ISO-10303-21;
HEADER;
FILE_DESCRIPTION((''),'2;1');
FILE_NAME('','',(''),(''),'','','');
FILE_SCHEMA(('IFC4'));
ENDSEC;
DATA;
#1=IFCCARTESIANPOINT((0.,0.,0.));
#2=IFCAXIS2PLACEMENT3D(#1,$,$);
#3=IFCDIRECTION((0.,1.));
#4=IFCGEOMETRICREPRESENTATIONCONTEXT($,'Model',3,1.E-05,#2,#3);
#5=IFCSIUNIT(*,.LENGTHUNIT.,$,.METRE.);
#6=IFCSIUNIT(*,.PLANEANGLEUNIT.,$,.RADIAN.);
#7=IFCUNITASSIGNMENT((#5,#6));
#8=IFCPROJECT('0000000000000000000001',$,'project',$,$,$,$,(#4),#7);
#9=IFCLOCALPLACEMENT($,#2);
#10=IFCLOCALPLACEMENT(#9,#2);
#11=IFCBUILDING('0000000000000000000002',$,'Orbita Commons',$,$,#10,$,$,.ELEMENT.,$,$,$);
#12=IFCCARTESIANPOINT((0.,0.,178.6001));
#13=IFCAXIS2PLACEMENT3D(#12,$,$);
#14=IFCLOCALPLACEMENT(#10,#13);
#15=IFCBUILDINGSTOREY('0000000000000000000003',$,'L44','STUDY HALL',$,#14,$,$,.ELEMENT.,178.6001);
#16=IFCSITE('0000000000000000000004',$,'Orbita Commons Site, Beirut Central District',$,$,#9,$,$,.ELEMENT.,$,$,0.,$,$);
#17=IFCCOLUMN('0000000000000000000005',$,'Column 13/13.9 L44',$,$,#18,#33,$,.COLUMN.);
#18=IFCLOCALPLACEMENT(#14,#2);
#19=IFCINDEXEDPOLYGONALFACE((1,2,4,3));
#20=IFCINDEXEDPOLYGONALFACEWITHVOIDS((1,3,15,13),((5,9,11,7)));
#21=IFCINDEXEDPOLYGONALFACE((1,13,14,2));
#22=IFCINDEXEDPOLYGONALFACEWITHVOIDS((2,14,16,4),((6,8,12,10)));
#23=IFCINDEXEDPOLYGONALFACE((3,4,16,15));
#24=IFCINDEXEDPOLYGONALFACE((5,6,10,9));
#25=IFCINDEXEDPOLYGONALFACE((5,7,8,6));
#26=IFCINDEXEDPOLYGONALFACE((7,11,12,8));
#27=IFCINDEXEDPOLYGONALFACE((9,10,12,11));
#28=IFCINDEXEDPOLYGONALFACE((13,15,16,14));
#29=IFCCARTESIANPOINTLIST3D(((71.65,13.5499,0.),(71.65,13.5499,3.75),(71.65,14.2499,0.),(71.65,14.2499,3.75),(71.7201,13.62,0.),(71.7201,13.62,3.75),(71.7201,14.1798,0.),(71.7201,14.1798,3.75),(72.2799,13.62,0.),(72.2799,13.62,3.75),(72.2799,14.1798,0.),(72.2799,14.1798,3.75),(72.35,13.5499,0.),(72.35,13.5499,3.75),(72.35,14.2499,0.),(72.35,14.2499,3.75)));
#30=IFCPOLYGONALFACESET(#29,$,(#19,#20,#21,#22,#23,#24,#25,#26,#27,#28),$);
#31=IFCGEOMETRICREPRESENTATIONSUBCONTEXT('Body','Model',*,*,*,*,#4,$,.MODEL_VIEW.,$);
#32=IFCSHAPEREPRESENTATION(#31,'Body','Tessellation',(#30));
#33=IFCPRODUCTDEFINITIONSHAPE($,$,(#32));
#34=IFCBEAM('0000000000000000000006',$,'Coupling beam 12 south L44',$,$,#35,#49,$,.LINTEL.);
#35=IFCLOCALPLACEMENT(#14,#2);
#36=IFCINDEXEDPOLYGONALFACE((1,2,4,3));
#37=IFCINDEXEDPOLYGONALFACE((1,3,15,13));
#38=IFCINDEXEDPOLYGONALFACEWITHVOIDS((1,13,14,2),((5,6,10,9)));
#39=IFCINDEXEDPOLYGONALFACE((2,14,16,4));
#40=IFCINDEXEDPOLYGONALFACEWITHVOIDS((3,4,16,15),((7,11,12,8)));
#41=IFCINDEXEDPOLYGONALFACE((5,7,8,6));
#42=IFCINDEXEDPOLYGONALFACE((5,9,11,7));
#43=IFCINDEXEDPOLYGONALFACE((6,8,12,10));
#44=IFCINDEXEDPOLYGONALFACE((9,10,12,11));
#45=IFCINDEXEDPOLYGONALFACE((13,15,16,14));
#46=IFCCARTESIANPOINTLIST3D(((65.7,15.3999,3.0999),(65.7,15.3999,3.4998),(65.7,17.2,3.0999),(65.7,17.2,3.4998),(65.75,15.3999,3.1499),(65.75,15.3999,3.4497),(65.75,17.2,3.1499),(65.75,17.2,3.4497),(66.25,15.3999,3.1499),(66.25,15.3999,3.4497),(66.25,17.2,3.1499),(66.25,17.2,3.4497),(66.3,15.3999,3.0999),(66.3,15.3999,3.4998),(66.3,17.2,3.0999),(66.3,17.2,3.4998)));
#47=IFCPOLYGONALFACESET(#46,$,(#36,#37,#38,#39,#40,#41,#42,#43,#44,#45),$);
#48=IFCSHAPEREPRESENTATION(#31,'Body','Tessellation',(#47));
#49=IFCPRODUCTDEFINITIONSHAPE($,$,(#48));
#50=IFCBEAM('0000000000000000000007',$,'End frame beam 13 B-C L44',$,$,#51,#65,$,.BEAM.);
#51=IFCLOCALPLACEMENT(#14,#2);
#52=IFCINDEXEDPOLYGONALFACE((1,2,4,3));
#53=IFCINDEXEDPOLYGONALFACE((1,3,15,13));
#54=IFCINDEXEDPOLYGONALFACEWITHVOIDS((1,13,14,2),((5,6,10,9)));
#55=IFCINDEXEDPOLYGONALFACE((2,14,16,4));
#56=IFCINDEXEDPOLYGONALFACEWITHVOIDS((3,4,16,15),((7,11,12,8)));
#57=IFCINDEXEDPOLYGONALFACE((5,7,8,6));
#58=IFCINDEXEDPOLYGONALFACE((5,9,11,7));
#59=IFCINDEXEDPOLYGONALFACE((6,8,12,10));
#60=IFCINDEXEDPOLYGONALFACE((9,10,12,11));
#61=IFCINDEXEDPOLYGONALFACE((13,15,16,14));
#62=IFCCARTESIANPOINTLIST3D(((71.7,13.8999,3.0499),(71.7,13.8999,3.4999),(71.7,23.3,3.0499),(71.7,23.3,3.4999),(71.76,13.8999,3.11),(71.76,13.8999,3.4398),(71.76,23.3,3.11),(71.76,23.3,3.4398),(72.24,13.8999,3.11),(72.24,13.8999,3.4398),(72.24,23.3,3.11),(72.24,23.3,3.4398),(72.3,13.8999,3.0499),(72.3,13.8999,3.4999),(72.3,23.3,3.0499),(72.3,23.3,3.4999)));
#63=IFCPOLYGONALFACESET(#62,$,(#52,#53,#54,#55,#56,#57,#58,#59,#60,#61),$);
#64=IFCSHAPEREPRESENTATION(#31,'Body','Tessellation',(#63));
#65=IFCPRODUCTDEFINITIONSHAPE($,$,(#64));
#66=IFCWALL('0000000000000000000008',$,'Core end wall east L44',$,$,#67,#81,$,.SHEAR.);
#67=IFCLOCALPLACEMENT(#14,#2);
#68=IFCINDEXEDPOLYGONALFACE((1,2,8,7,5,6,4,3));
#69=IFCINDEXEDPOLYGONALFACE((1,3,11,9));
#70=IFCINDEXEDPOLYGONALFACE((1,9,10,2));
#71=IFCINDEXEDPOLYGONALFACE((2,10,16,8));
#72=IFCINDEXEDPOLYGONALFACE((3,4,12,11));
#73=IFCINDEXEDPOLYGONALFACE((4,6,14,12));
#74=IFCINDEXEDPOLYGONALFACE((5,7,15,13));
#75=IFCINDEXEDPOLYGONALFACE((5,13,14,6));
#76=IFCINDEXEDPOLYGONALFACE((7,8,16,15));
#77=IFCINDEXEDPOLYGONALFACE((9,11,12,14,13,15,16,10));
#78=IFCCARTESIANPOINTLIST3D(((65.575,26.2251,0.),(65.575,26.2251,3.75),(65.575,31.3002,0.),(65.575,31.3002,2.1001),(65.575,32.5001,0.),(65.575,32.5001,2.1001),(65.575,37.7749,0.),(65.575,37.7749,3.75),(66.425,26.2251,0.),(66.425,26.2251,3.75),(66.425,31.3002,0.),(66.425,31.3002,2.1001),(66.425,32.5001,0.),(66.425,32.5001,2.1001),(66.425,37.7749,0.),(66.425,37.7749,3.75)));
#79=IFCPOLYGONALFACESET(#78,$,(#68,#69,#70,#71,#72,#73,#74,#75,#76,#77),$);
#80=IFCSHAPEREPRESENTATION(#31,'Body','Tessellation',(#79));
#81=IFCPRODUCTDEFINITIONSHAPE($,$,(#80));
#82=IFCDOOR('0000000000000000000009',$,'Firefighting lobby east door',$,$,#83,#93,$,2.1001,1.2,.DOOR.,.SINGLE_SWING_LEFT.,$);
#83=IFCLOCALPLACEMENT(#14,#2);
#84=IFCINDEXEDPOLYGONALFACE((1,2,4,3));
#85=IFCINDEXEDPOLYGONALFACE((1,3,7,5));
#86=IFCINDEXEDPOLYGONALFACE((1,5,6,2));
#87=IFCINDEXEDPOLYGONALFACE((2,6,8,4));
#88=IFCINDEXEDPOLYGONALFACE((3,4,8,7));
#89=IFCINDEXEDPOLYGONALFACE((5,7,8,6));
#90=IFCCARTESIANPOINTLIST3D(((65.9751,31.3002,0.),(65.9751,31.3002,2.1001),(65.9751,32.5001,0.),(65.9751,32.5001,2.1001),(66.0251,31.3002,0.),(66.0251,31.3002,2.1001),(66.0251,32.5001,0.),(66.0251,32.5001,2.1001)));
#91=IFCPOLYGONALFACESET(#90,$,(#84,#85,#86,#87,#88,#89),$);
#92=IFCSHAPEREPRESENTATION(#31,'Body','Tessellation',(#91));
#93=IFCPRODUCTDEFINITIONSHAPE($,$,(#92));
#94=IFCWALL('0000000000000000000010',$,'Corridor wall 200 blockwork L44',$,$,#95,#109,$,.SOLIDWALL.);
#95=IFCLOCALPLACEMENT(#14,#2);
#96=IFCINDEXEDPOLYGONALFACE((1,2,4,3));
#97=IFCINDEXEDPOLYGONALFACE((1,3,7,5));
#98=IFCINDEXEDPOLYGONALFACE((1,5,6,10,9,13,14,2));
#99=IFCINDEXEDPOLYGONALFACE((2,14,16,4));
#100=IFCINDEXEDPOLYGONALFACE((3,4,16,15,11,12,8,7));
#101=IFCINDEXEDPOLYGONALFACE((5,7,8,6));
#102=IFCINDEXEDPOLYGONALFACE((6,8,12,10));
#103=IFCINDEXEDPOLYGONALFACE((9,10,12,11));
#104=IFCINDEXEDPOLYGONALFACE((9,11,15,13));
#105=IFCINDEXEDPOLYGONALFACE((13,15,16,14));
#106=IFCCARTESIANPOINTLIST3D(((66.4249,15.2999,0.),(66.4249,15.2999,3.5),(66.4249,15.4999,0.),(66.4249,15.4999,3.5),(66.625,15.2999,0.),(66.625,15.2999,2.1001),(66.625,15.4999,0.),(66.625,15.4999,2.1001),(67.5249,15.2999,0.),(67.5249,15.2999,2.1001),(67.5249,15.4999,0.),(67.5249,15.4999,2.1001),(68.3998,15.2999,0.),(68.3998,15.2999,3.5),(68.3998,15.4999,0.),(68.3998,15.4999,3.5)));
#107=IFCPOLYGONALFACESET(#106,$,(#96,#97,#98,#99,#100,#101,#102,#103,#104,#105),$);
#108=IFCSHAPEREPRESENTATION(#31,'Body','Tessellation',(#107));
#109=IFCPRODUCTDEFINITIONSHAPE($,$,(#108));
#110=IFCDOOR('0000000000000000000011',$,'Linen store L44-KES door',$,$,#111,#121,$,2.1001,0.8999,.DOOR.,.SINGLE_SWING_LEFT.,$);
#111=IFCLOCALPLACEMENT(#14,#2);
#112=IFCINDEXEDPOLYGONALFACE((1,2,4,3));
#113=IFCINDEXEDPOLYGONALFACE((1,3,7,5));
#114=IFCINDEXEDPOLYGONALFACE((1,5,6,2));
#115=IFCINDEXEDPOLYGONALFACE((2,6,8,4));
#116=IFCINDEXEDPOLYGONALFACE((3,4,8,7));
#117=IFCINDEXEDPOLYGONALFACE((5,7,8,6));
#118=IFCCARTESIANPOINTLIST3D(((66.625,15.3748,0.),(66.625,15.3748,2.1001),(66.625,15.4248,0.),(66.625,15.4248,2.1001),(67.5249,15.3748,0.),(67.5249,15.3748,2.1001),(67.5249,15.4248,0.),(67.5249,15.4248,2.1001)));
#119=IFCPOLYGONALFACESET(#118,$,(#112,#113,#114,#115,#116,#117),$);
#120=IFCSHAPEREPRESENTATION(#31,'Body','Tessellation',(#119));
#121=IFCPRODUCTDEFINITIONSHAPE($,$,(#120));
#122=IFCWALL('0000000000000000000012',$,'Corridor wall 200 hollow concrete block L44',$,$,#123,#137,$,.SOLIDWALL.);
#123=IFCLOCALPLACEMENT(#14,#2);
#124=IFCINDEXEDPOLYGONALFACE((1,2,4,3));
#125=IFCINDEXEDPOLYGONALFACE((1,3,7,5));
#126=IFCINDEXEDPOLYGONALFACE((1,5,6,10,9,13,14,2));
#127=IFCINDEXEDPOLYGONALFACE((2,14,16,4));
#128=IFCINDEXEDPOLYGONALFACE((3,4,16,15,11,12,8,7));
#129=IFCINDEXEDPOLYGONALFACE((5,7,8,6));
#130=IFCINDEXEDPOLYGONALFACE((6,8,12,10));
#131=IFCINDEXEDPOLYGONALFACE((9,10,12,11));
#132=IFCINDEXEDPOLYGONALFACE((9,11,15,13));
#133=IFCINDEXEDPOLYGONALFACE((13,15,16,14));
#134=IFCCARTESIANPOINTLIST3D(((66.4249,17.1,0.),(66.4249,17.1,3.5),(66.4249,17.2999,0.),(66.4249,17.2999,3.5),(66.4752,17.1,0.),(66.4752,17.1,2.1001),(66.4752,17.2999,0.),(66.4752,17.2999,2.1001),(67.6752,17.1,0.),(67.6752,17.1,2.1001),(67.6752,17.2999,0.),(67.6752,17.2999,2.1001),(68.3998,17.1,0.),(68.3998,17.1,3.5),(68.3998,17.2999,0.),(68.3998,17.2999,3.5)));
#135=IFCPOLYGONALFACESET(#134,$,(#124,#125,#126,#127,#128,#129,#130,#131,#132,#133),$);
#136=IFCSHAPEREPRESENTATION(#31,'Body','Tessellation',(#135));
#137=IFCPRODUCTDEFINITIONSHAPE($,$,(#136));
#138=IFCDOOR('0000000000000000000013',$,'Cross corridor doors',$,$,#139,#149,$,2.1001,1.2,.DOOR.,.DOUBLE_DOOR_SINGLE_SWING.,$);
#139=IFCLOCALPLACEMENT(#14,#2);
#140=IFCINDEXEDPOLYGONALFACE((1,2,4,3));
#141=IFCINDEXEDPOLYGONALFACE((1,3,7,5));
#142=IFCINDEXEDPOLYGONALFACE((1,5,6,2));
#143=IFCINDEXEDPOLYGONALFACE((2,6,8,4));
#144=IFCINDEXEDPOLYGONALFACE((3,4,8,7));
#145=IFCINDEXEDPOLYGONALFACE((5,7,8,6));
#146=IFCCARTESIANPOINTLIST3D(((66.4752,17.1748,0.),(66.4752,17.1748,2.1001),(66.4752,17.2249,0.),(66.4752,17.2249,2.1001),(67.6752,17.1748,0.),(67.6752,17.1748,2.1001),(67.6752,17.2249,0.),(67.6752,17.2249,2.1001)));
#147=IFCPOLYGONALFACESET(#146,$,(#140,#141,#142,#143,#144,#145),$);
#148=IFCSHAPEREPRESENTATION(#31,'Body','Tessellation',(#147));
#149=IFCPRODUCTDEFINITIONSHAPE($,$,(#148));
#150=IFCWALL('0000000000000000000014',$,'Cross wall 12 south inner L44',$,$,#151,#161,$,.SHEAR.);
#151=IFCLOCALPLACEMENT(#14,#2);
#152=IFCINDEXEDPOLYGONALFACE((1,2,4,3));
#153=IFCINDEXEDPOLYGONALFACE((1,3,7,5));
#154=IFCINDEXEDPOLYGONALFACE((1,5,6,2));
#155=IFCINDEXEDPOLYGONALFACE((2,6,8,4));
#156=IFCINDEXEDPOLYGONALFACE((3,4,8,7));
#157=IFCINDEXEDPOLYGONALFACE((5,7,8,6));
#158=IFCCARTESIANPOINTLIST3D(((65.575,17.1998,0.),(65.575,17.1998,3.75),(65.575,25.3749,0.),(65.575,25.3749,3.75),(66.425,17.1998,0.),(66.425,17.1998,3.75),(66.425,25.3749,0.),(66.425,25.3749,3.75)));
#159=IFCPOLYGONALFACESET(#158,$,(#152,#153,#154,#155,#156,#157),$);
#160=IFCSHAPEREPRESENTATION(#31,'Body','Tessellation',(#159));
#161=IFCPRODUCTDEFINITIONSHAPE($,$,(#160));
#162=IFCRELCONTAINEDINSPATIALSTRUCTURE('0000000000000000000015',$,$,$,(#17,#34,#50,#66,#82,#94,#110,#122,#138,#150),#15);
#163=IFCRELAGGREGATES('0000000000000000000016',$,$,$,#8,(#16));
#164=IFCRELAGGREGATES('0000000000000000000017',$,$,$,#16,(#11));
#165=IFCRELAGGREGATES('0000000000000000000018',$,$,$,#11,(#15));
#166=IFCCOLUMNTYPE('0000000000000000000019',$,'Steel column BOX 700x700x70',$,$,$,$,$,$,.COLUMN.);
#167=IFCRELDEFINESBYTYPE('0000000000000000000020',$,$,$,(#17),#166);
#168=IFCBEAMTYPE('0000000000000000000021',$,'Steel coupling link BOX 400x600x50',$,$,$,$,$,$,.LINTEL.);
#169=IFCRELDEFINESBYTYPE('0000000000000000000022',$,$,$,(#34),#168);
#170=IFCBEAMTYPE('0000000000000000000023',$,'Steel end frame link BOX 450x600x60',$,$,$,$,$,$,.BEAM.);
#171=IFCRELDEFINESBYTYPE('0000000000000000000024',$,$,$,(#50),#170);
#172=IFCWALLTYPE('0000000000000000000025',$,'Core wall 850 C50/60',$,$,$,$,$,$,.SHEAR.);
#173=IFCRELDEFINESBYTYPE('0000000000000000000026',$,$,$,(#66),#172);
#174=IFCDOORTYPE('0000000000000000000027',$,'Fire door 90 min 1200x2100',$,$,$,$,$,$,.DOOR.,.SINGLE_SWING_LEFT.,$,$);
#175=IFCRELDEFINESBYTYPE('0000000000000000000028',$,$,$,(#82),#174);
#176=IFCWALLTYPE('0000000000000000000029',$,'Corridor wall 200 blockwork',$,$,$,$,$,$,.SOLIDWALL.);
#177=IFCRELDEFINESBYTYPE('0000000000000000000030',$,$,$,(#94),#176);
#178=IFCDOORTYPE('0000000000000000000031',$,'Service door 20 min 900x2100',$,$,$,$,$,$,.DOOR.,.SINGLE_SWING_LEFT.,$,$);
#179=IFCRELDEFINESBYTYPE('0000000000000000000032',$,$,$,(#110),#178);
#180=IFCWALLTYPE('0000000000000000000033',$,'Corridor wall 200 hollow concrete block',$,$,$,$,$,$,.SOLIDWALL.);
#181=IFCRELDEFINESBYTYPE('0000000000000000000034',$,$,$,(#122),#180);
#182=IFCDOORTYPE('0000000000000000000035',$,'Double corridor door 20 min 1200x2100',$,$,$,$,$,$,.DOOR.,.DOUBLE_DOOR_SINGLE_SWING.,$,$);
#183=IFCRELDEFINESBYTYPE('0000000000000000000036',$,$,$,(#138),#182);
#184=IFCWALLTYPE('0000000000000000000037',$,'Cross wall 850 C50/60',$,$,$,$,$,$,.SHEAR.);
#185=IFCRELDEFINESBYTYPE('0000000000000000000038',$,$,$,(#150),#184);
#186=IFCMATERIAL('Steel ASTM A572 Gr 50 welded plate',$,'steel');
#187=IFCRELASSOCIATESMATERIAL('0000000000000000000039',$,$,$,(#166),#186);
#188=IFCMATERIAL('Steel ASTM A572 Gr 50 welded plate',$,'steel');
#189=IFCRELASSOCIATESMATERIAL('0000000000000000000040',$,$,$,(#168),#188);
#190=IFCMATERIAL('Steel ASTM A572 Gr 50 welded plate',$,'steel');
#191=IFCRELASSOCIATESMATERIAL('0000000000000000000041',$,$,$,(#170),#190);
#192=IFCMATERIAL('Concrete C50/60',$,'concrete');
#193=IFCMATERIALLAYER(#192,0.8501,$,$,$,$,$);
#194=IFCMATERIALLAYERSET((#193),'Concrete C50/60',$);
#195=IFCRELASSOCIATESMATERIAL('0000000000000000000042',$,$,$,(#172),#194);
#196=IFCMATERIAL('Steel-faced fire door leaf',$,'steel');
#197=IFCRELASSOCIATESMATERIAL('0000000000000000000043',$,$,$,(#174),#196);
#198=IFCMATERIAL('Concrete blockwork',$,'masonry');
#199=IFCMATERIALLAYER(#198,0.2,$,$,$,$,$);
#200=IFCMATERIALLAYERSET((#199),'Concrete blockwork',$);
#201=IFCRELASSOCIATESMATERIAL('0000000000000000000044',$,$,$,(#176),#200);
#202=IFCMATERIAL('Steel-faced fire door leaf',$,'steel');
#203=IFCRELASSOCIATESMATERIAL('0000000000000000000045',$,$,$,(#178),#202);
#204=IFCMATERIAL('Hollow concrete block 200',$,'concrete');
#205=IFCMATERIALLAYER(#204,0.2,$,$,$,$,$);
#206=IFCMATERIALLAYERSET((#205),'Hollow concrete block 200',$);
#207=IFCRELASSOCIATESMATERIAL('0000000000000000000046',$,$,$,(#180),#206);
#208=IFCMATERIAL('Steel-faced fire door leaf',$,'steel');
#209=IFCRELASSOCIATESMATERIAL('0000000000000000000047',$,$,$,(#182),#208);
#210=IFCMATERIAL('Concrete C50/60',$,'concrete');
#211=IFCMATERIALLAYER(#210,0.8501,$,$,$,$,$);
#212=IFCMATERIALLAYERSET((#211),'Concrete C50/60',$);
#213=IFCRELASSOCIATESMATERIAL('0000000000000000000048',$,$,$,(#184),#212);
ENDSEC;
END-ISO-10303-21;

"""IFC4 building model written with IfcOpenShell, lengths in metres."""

from ifc_helpers import new_model, si_unit, direction, frame, frame_2d, origin, origin_2d, place, context, subcontext, project, spatial, rectangle, hollow_rectangle, extrude, material, layer, layer_set, material_profile, profile_set, type_object, element, fill, save


model = new_model("IFC4")

# Units and contexts
model_context = context("Model", 3, precision=1e-05, world=origin(), true_north=direction((0.0, 1.0)))
body_context = subcontext(model_context, "Body", "Model", "MODEL_VIEW")
ifc_project = project(units=[si_unit("LENGTHUNIT", "METRE"), si_unit("PLANEANGLEUNIT", "RADIAN")], contexts=[model_context])

# Site, building, storey
site_placement = place(None, origin())
site = spatial("IfcSite", under=ifc_project, at=site_placement, Name="Orbita Commons Site, Beirut Central District", CompositionType="ELEMENT", RefElevation=0.0)
building_placement = place(site_placement, origin())
building = spatial("IfcBuilding", under=site, at=building_placement, Name="Orbita Commons", CompositionType="ELEMENT")
storey_placement = place(building_placement, frame((0.0, 0.0, 178.6001)))
storey = spatial("IfcBuildingStorey", under=building, at=storey_placement, Name="L44", Description="STUDY HALL", CompositionType="ELEMENT", Elevation=178.6001)

# Column
ifc_material_1 = material(Name="Steel ASTM A572 Gr 50 welded plate", Category="steel")
ifc_material_profile_1 = material_profile(ifc_material_1, hollow_rectangle(XDim=0.7, YDim=0.7, WallThickness=0.0701, at=origin_2d()), Name="BOX 700x700x70")
ifc_profile_set_1 = profile_set([ifc_material_profile_1], Name="Steel ASTM A572 Gr 50 welded plate")
column_type = type_object("IfcColumnType", Name="Steel column BOX 700x700x70", PredefinedType="COLUMN", material=ifc_profile_set_1)
column_placement = place(storey_placement, frame((72.0, 13.8999, 0.0), z_axis=(0.0, 0.0, 1.0), x_axis=(1.0, 0.0, 0.0)))
element("IfcColumn", 1, at=column_placement, inside=storey, type_object=column_type, Name="Column 13/13.9 L44", PredefinedType="COLUMN", context=body_context, shape_type="SweptSolid", body=[
    extrude(hollow_rectangle(XDim=0.7, YDim=0.7, WallThickness=0.0701, at=origin_2d()), origin(), (0.0, 0.0, 1.0), 3.75),
])

# Beams
ifc_material_2 = material(Name="Steel ASTM A572 Gr 50 welded plate", Category="steel")
ifc_material_profile_2 = material_profile(ifc_material_2, hollow_rectangle(XDim=0.6001, YDim=0.3999, WallThickness=0.05, at=origin_2d()), Name="BOX 400x600x50")
ifc_profile_set_2 = profile_set([ifc_material_profile_2], Name="Steel ASTM A572 Gr 50 welded plate")
beam_type_1 = type_object("IfcBeamType", Name="Steel coupling link BOX 400x600x50", PredefinedType="LINTEL", material=ifc_profile_set_2)
beam_1_placement = place(storey_placement, frame((66.0, 15.3999, 3.2998), z_axis=(0.0, 1.0, 0.0), x_axis=(-1.0, 0.0, 0.0)))
element("IfcBeam", 2, at=beam_1_placement, inside=storey, type_object=beam_type_1, Name="Coupling beam 12 south L44", PredefinedType="LINTEL", context=body_context, shape_type="SweptSolid", body=[
    extrude(hollow_rectangle(XDim=0.6001, YDim=0.3999, WallThickness=0.05, at=origin_2d()), origin(), (0.0, 0.0, 1.0), 1.8),
])
ifc_material_3 = material(Name="Steel ASTM A572 Gr 50 welded plate", Category="steel")
ifc_material_profile_3 = material_profile(ifc_material_3, hollow_rectangle(XDim=0.6001, YDim=0.45, WallThickness=0.0601, at=origin_2d()), Name="BOX 450x600x60")
ifc_profile_set_3 = profile_set([ifc_material_profile_3], Name="Steel ASTM A572 Gr 50 welded plate")
beam_type_2 = type_object("IfcBeamType", Name="Steel end frame link BOX 450x600x60", PredefinedType="BEAM", material=ifc_profile_set_3)
beam_2_placement = place(storey_placement, frame((72.0, 13.8999, 3.2749), z_axis=(0.0, 1.0, 0.0), x_axis=(-1.0, 0.0, 0.0)))
element("IfcBeam", 3, at=beam_2_placement, inside=storey, type_object=beam_type_2, Name="End frame beam 13 B-C L44", PredefinedType="BEAM", context=body_context, shape_type="SweptSolid", body=[
    extrude(hollow_rectangle(XDim=0.6001, YDim=0.45, WallThickness=0.0601, at=origin_2d()), origin(), (0.0, 0.0, 1.0), 9.4001),
])

# Walls, openings, doors
ifc_material_4 = material(Name="Concrete C50/60", Category="concrete")
ifc_layer_1 = layer(ifc_material_4, 0.8501)
ifc_layer_set_1 = layer_set([ifc_layer_1], Name="Concrete C50/60")
wall_type_1 = type_object("IfcWallType", Name="Core wall 850 C50/60", PredefinedType="SHEAR", material=ifc_layer_set_1)
wall_1_placement = place(storey_placement, frame((66.0, 26.2251, 0.0), z_axis=(0.0, 0.0, 1.0), x_axis=(0.0, 1.0, 0.0)))
wall_1 = element("IfcWall", 4, at=wall_1_placement, inside=storey, type_object=wall_type_1, Name="Core end wall east L44", PredefinedType="SHEAR", context=body_context, shape_type="SweptSolid", body=[
    extrude(rectangle(XDim=11.5498, YDim=0.8501, at=frame_2d((5.7749, 0.0))), origin(), (0.0, 0.0, 1.0), 3.75),
])
opening_1_placement = place(wall_1_placement, frame((5.075, 0.0, 0.0)))
opening_1 = element("IfcOpeningElement", 5, at=opening_1_placement, cuts=wall_1, PredefinedType="OPENING", context=body_context, shape_type="SweptSolid", body=[
    extrude(rectangle(XDim=1.2, YDim=2.1001, at=frame_2d((0.6001, 1.05))), frame((0.0, 0.4351, 0.0), z_axis=(0.0, -1.0, 0.0), x_axis=(1.0, 0.0, 0.0)), (0.0, 0.0, 1.0), 0.8701),
])
ifc_material_5 = material(Name="Steel-faced fire door leaf", Category="steel")
door_type_1 = type_object("IfcDoorType", Name="Fire door 90 min 1200x2100", OperationType="SINGLE_SWING_LEFT", PredefinedType="DOOR", material=ifc_material_5)
door_1_placement = place(opening_1_placement, origin())
door_1 = element("IfcDoor", 6, at=door_1_placement, inside=storey, type_object=door_type_1, Name="Firefighting lobby east door", OperationType="SINGLE_SWING_LEFT", OverallHeight=2.1001, OverallWidth=1.2, PredefinedType="DOOR", context=body_context, shape_type="SweptSolid", body=[
    extrude(rectangle(XDim=1.2, YDim=2.1001, at=frame_2d((0.6001, 1.05))), frame((0.0, 0.0249, 0.0), z_axis=(0.0, -1.0, 0.0), x_axis=(1.0, 0.0, 0.0)), (0.0, 0.0, 1.0), 0.05),
])
fill(opening_1, door_1)
ifc_material_6 = material(Name="Concrete blockwork", Category="masonry")
ifc_layer_2 = layer(ifc_material_6, 0.2)
ifc_layer_set_2 = layer_set([ifc_layer_2], Name="Concrete blockwork")
wall_type_2 = type_object("IfcWallType", Name="Corridor wall 200 blockwork", PredefinedType="SOLIDWALL", material=ifc_layer_set_2)
wall_2_placement = place(storey_placement, frame((66.425, 15.3999, 0.0), z_axis=(0.0, 0.0, 1.0), x_axis=(1.0, 0.0, 0.0)))
wall_2 = element("IfcWall", 7, at=wall_2_placement, inside=storey, type_object=wall_type_2, Name="Corridor wall 200 blockwork L44", PredefinedType="SOLIDWALL", context=body_context, shape_type="SweptSolid", body=[
    extrude(rectangle(XDim=1.9749, YDim=0.2, at=frame_2d((0.9873, 0.0))), origin(), (0.0, 0.0, 1.0), 3.5),
])
opening_2_placement = place(wall_2_placement, frame((0.2, 0.0, 0.0)))
opening_2 = element("IfcOpeningElement", 8, at=opening_2_placement, cuts=wall_2, PredefinedType="OPENING", context=body_context, shape_type="SweptSolid", body=[
    extrude(rectangle(XDim=0.8999, YDim=2.1001, at=frame_2d((0.45, 1.05))), frame((0.0, 0.1099, 0.0), z_axis=(0.0, -1.0, 0.0), x_axis=(1.0, 0.0, 0.0)), (0.0, 0.0, 1.0), 0.22),
])
ifc_material_7 = material(Name="Steel-faced fire door leaf", Category="steel")
door_type_2 = type_object("IfcDoorType", Name="Service door 20 min 900x2100", OperationType="SINGLE_SWING_LEFT", PredefinedType="DOOR", material=ifc_material_7)
door_2_placement = place(opening_2_placement, origin())
door_2 = element("IfcDoor", 9, at=door_2_placement, inside=storey, type_object=door_type_2, Name="Linen store L44-KES door", OperationType="SINGLE_SWING_LEFT", OverallHeight=2.1001, OverallWidth=0.8999, PredefinedType="DOOR", context=body_context, shape_type="SweptSolid", body=[
    extrude(rectangle(XDim=0.8999, YDim=2.1001, at=frame_2d((0.45, 1.05))), frame((0.0, 0.0249, 0.0), z_axis=(0.0, -1.0, 0.0), x_axis=(1.0, 0.0, 0.0)), (0.0, 0.0, 1.0), 0.05),
])
fill(opening_2, door_2)
ifc_material_8 = material(Name="Hollow concrete block 200", Category="concrete")
ifc_layer_3 = layer(ifc_material_8, 0.2)
ifc_layer_set_3 = layer_set([ifc_layer_3], Name="Hollow concrete block 200")
wall_type_3 = type_object("IfcWallType", Name="Corridor wall 200 hollow concrete block", PredefinedType="SOLIDWALL", material=ifc_layer_set_3)
wall_3_placement = place(storey_placement, frame((66.425, 17.2, 0.0), z_axis=(0.0, 0.0, 1.0), x_axis=(1.0, 0.0, 0.0)))
wall_3 = element("IfcWall", 10, at=wall_3_placement, inside=storey, type_object=wall_type_3, Name="Corridor wall 200 hollow concrete block L44", PredefinedType="SOLIDWALL", context=body_context, shape_type="SweptSolid", body=[
    extrude(rectangle(XDim=1.9749, YDim=0.2, at=frame_2d((0.9873, 0.0))), origin(), (0.0, 0.0, 1.0), 3.5),
])
opening_3_placement = place(wall_3_placement, frame((0.05, 0.0, 0.0)))
opening_3 = element("IfcOpeningElement", 11, at=opening_3_placement, cuts=wall_3, PredefinedType="OPENING", context=body_context, shape_type="SweptSolid", body=[
    extrude(rectangle(XDim=1.2, YDim=2.1001, at=frame_2d((0.6001, 1.05))), frame((0.0, 0.1099, 0.0), z_axis=(0.0, -1.0, 0.0), x_axis=(1.0, 0.0, 0.0)), (0.0, 0.0, 1.0), 0.22),
])
ifc_material_9 = material(Name="Steel-faced fire door leaf", Category="steel")
door_type_3 = type_object("IfcDoorType", Name="Double corridor door 20 min 1200x2100", OperationType="DOUBLE_DOOR_SINGLE_SWING", PredefinedType="DOOR", material=ifc_material_9)
door_3_placement = place(opening_3_placement, origin())
door_3 = element("IfcDoor", 12, at=door_3_placement, inside=storey, type_object=door_type_3, Name="Cross corridor doors", OperationType="DOUBLE_DOOR_SINGLE_SWING", OverallHeight=2.1001, OverallWidth=1.2, PredefinedType="DOOR", context=body_context, shape_type="SweptSolid", body=[
    extrude(rectangle(XDim=1.2, YDim=2.1001, at=frame_2d((0.6001, 1.05))), frame((0.0, 0.0249, 0.0), z_axis=(0.0, -1.0, 0.0), x_axis=(1.0, 0.0, 0.0)), (0.0, 0.0, 1.0), 0.05),
])
fill(opening_3, door_3)

# Wall
ifc_material_10 = material(Name="Concrete C50/60", Category="concrete")
ifc_layer_4 = layer(ifc_material_10, 0.8501)
ifc_layer_set_4 = layer_set([ifc_layer_4], Name="Concrete C50/60")
wall_type_4 = type_object("IfcWallType", Name="Cross wall 850 C50/60", PredefinedType="SHEAR", material=ifc_layer_set_4)
wall_4_placement = place(storey_placement, frame((66.0, 17.2, 0.0), z_axis=(0.0, 0.0, 1.0), x_axis=(0.0, 1.0, 0.0)))
element("IfcWall", 13, at=wall_4_placement, inside=storey, type_object=wall_type_4, Name="Cross wall 12 south inner L44", PredefinedType="SHEAR", context=body_context, shape_type="SweptSolid", body=[
    extrude(rectangle(XDim=8.175, YDim=0.8501, at=frame_2d((4.0874, 0.0))), origin(), (0.0, 0.0, 1.0), 3.75),
])

save(model, "model.ifc")
